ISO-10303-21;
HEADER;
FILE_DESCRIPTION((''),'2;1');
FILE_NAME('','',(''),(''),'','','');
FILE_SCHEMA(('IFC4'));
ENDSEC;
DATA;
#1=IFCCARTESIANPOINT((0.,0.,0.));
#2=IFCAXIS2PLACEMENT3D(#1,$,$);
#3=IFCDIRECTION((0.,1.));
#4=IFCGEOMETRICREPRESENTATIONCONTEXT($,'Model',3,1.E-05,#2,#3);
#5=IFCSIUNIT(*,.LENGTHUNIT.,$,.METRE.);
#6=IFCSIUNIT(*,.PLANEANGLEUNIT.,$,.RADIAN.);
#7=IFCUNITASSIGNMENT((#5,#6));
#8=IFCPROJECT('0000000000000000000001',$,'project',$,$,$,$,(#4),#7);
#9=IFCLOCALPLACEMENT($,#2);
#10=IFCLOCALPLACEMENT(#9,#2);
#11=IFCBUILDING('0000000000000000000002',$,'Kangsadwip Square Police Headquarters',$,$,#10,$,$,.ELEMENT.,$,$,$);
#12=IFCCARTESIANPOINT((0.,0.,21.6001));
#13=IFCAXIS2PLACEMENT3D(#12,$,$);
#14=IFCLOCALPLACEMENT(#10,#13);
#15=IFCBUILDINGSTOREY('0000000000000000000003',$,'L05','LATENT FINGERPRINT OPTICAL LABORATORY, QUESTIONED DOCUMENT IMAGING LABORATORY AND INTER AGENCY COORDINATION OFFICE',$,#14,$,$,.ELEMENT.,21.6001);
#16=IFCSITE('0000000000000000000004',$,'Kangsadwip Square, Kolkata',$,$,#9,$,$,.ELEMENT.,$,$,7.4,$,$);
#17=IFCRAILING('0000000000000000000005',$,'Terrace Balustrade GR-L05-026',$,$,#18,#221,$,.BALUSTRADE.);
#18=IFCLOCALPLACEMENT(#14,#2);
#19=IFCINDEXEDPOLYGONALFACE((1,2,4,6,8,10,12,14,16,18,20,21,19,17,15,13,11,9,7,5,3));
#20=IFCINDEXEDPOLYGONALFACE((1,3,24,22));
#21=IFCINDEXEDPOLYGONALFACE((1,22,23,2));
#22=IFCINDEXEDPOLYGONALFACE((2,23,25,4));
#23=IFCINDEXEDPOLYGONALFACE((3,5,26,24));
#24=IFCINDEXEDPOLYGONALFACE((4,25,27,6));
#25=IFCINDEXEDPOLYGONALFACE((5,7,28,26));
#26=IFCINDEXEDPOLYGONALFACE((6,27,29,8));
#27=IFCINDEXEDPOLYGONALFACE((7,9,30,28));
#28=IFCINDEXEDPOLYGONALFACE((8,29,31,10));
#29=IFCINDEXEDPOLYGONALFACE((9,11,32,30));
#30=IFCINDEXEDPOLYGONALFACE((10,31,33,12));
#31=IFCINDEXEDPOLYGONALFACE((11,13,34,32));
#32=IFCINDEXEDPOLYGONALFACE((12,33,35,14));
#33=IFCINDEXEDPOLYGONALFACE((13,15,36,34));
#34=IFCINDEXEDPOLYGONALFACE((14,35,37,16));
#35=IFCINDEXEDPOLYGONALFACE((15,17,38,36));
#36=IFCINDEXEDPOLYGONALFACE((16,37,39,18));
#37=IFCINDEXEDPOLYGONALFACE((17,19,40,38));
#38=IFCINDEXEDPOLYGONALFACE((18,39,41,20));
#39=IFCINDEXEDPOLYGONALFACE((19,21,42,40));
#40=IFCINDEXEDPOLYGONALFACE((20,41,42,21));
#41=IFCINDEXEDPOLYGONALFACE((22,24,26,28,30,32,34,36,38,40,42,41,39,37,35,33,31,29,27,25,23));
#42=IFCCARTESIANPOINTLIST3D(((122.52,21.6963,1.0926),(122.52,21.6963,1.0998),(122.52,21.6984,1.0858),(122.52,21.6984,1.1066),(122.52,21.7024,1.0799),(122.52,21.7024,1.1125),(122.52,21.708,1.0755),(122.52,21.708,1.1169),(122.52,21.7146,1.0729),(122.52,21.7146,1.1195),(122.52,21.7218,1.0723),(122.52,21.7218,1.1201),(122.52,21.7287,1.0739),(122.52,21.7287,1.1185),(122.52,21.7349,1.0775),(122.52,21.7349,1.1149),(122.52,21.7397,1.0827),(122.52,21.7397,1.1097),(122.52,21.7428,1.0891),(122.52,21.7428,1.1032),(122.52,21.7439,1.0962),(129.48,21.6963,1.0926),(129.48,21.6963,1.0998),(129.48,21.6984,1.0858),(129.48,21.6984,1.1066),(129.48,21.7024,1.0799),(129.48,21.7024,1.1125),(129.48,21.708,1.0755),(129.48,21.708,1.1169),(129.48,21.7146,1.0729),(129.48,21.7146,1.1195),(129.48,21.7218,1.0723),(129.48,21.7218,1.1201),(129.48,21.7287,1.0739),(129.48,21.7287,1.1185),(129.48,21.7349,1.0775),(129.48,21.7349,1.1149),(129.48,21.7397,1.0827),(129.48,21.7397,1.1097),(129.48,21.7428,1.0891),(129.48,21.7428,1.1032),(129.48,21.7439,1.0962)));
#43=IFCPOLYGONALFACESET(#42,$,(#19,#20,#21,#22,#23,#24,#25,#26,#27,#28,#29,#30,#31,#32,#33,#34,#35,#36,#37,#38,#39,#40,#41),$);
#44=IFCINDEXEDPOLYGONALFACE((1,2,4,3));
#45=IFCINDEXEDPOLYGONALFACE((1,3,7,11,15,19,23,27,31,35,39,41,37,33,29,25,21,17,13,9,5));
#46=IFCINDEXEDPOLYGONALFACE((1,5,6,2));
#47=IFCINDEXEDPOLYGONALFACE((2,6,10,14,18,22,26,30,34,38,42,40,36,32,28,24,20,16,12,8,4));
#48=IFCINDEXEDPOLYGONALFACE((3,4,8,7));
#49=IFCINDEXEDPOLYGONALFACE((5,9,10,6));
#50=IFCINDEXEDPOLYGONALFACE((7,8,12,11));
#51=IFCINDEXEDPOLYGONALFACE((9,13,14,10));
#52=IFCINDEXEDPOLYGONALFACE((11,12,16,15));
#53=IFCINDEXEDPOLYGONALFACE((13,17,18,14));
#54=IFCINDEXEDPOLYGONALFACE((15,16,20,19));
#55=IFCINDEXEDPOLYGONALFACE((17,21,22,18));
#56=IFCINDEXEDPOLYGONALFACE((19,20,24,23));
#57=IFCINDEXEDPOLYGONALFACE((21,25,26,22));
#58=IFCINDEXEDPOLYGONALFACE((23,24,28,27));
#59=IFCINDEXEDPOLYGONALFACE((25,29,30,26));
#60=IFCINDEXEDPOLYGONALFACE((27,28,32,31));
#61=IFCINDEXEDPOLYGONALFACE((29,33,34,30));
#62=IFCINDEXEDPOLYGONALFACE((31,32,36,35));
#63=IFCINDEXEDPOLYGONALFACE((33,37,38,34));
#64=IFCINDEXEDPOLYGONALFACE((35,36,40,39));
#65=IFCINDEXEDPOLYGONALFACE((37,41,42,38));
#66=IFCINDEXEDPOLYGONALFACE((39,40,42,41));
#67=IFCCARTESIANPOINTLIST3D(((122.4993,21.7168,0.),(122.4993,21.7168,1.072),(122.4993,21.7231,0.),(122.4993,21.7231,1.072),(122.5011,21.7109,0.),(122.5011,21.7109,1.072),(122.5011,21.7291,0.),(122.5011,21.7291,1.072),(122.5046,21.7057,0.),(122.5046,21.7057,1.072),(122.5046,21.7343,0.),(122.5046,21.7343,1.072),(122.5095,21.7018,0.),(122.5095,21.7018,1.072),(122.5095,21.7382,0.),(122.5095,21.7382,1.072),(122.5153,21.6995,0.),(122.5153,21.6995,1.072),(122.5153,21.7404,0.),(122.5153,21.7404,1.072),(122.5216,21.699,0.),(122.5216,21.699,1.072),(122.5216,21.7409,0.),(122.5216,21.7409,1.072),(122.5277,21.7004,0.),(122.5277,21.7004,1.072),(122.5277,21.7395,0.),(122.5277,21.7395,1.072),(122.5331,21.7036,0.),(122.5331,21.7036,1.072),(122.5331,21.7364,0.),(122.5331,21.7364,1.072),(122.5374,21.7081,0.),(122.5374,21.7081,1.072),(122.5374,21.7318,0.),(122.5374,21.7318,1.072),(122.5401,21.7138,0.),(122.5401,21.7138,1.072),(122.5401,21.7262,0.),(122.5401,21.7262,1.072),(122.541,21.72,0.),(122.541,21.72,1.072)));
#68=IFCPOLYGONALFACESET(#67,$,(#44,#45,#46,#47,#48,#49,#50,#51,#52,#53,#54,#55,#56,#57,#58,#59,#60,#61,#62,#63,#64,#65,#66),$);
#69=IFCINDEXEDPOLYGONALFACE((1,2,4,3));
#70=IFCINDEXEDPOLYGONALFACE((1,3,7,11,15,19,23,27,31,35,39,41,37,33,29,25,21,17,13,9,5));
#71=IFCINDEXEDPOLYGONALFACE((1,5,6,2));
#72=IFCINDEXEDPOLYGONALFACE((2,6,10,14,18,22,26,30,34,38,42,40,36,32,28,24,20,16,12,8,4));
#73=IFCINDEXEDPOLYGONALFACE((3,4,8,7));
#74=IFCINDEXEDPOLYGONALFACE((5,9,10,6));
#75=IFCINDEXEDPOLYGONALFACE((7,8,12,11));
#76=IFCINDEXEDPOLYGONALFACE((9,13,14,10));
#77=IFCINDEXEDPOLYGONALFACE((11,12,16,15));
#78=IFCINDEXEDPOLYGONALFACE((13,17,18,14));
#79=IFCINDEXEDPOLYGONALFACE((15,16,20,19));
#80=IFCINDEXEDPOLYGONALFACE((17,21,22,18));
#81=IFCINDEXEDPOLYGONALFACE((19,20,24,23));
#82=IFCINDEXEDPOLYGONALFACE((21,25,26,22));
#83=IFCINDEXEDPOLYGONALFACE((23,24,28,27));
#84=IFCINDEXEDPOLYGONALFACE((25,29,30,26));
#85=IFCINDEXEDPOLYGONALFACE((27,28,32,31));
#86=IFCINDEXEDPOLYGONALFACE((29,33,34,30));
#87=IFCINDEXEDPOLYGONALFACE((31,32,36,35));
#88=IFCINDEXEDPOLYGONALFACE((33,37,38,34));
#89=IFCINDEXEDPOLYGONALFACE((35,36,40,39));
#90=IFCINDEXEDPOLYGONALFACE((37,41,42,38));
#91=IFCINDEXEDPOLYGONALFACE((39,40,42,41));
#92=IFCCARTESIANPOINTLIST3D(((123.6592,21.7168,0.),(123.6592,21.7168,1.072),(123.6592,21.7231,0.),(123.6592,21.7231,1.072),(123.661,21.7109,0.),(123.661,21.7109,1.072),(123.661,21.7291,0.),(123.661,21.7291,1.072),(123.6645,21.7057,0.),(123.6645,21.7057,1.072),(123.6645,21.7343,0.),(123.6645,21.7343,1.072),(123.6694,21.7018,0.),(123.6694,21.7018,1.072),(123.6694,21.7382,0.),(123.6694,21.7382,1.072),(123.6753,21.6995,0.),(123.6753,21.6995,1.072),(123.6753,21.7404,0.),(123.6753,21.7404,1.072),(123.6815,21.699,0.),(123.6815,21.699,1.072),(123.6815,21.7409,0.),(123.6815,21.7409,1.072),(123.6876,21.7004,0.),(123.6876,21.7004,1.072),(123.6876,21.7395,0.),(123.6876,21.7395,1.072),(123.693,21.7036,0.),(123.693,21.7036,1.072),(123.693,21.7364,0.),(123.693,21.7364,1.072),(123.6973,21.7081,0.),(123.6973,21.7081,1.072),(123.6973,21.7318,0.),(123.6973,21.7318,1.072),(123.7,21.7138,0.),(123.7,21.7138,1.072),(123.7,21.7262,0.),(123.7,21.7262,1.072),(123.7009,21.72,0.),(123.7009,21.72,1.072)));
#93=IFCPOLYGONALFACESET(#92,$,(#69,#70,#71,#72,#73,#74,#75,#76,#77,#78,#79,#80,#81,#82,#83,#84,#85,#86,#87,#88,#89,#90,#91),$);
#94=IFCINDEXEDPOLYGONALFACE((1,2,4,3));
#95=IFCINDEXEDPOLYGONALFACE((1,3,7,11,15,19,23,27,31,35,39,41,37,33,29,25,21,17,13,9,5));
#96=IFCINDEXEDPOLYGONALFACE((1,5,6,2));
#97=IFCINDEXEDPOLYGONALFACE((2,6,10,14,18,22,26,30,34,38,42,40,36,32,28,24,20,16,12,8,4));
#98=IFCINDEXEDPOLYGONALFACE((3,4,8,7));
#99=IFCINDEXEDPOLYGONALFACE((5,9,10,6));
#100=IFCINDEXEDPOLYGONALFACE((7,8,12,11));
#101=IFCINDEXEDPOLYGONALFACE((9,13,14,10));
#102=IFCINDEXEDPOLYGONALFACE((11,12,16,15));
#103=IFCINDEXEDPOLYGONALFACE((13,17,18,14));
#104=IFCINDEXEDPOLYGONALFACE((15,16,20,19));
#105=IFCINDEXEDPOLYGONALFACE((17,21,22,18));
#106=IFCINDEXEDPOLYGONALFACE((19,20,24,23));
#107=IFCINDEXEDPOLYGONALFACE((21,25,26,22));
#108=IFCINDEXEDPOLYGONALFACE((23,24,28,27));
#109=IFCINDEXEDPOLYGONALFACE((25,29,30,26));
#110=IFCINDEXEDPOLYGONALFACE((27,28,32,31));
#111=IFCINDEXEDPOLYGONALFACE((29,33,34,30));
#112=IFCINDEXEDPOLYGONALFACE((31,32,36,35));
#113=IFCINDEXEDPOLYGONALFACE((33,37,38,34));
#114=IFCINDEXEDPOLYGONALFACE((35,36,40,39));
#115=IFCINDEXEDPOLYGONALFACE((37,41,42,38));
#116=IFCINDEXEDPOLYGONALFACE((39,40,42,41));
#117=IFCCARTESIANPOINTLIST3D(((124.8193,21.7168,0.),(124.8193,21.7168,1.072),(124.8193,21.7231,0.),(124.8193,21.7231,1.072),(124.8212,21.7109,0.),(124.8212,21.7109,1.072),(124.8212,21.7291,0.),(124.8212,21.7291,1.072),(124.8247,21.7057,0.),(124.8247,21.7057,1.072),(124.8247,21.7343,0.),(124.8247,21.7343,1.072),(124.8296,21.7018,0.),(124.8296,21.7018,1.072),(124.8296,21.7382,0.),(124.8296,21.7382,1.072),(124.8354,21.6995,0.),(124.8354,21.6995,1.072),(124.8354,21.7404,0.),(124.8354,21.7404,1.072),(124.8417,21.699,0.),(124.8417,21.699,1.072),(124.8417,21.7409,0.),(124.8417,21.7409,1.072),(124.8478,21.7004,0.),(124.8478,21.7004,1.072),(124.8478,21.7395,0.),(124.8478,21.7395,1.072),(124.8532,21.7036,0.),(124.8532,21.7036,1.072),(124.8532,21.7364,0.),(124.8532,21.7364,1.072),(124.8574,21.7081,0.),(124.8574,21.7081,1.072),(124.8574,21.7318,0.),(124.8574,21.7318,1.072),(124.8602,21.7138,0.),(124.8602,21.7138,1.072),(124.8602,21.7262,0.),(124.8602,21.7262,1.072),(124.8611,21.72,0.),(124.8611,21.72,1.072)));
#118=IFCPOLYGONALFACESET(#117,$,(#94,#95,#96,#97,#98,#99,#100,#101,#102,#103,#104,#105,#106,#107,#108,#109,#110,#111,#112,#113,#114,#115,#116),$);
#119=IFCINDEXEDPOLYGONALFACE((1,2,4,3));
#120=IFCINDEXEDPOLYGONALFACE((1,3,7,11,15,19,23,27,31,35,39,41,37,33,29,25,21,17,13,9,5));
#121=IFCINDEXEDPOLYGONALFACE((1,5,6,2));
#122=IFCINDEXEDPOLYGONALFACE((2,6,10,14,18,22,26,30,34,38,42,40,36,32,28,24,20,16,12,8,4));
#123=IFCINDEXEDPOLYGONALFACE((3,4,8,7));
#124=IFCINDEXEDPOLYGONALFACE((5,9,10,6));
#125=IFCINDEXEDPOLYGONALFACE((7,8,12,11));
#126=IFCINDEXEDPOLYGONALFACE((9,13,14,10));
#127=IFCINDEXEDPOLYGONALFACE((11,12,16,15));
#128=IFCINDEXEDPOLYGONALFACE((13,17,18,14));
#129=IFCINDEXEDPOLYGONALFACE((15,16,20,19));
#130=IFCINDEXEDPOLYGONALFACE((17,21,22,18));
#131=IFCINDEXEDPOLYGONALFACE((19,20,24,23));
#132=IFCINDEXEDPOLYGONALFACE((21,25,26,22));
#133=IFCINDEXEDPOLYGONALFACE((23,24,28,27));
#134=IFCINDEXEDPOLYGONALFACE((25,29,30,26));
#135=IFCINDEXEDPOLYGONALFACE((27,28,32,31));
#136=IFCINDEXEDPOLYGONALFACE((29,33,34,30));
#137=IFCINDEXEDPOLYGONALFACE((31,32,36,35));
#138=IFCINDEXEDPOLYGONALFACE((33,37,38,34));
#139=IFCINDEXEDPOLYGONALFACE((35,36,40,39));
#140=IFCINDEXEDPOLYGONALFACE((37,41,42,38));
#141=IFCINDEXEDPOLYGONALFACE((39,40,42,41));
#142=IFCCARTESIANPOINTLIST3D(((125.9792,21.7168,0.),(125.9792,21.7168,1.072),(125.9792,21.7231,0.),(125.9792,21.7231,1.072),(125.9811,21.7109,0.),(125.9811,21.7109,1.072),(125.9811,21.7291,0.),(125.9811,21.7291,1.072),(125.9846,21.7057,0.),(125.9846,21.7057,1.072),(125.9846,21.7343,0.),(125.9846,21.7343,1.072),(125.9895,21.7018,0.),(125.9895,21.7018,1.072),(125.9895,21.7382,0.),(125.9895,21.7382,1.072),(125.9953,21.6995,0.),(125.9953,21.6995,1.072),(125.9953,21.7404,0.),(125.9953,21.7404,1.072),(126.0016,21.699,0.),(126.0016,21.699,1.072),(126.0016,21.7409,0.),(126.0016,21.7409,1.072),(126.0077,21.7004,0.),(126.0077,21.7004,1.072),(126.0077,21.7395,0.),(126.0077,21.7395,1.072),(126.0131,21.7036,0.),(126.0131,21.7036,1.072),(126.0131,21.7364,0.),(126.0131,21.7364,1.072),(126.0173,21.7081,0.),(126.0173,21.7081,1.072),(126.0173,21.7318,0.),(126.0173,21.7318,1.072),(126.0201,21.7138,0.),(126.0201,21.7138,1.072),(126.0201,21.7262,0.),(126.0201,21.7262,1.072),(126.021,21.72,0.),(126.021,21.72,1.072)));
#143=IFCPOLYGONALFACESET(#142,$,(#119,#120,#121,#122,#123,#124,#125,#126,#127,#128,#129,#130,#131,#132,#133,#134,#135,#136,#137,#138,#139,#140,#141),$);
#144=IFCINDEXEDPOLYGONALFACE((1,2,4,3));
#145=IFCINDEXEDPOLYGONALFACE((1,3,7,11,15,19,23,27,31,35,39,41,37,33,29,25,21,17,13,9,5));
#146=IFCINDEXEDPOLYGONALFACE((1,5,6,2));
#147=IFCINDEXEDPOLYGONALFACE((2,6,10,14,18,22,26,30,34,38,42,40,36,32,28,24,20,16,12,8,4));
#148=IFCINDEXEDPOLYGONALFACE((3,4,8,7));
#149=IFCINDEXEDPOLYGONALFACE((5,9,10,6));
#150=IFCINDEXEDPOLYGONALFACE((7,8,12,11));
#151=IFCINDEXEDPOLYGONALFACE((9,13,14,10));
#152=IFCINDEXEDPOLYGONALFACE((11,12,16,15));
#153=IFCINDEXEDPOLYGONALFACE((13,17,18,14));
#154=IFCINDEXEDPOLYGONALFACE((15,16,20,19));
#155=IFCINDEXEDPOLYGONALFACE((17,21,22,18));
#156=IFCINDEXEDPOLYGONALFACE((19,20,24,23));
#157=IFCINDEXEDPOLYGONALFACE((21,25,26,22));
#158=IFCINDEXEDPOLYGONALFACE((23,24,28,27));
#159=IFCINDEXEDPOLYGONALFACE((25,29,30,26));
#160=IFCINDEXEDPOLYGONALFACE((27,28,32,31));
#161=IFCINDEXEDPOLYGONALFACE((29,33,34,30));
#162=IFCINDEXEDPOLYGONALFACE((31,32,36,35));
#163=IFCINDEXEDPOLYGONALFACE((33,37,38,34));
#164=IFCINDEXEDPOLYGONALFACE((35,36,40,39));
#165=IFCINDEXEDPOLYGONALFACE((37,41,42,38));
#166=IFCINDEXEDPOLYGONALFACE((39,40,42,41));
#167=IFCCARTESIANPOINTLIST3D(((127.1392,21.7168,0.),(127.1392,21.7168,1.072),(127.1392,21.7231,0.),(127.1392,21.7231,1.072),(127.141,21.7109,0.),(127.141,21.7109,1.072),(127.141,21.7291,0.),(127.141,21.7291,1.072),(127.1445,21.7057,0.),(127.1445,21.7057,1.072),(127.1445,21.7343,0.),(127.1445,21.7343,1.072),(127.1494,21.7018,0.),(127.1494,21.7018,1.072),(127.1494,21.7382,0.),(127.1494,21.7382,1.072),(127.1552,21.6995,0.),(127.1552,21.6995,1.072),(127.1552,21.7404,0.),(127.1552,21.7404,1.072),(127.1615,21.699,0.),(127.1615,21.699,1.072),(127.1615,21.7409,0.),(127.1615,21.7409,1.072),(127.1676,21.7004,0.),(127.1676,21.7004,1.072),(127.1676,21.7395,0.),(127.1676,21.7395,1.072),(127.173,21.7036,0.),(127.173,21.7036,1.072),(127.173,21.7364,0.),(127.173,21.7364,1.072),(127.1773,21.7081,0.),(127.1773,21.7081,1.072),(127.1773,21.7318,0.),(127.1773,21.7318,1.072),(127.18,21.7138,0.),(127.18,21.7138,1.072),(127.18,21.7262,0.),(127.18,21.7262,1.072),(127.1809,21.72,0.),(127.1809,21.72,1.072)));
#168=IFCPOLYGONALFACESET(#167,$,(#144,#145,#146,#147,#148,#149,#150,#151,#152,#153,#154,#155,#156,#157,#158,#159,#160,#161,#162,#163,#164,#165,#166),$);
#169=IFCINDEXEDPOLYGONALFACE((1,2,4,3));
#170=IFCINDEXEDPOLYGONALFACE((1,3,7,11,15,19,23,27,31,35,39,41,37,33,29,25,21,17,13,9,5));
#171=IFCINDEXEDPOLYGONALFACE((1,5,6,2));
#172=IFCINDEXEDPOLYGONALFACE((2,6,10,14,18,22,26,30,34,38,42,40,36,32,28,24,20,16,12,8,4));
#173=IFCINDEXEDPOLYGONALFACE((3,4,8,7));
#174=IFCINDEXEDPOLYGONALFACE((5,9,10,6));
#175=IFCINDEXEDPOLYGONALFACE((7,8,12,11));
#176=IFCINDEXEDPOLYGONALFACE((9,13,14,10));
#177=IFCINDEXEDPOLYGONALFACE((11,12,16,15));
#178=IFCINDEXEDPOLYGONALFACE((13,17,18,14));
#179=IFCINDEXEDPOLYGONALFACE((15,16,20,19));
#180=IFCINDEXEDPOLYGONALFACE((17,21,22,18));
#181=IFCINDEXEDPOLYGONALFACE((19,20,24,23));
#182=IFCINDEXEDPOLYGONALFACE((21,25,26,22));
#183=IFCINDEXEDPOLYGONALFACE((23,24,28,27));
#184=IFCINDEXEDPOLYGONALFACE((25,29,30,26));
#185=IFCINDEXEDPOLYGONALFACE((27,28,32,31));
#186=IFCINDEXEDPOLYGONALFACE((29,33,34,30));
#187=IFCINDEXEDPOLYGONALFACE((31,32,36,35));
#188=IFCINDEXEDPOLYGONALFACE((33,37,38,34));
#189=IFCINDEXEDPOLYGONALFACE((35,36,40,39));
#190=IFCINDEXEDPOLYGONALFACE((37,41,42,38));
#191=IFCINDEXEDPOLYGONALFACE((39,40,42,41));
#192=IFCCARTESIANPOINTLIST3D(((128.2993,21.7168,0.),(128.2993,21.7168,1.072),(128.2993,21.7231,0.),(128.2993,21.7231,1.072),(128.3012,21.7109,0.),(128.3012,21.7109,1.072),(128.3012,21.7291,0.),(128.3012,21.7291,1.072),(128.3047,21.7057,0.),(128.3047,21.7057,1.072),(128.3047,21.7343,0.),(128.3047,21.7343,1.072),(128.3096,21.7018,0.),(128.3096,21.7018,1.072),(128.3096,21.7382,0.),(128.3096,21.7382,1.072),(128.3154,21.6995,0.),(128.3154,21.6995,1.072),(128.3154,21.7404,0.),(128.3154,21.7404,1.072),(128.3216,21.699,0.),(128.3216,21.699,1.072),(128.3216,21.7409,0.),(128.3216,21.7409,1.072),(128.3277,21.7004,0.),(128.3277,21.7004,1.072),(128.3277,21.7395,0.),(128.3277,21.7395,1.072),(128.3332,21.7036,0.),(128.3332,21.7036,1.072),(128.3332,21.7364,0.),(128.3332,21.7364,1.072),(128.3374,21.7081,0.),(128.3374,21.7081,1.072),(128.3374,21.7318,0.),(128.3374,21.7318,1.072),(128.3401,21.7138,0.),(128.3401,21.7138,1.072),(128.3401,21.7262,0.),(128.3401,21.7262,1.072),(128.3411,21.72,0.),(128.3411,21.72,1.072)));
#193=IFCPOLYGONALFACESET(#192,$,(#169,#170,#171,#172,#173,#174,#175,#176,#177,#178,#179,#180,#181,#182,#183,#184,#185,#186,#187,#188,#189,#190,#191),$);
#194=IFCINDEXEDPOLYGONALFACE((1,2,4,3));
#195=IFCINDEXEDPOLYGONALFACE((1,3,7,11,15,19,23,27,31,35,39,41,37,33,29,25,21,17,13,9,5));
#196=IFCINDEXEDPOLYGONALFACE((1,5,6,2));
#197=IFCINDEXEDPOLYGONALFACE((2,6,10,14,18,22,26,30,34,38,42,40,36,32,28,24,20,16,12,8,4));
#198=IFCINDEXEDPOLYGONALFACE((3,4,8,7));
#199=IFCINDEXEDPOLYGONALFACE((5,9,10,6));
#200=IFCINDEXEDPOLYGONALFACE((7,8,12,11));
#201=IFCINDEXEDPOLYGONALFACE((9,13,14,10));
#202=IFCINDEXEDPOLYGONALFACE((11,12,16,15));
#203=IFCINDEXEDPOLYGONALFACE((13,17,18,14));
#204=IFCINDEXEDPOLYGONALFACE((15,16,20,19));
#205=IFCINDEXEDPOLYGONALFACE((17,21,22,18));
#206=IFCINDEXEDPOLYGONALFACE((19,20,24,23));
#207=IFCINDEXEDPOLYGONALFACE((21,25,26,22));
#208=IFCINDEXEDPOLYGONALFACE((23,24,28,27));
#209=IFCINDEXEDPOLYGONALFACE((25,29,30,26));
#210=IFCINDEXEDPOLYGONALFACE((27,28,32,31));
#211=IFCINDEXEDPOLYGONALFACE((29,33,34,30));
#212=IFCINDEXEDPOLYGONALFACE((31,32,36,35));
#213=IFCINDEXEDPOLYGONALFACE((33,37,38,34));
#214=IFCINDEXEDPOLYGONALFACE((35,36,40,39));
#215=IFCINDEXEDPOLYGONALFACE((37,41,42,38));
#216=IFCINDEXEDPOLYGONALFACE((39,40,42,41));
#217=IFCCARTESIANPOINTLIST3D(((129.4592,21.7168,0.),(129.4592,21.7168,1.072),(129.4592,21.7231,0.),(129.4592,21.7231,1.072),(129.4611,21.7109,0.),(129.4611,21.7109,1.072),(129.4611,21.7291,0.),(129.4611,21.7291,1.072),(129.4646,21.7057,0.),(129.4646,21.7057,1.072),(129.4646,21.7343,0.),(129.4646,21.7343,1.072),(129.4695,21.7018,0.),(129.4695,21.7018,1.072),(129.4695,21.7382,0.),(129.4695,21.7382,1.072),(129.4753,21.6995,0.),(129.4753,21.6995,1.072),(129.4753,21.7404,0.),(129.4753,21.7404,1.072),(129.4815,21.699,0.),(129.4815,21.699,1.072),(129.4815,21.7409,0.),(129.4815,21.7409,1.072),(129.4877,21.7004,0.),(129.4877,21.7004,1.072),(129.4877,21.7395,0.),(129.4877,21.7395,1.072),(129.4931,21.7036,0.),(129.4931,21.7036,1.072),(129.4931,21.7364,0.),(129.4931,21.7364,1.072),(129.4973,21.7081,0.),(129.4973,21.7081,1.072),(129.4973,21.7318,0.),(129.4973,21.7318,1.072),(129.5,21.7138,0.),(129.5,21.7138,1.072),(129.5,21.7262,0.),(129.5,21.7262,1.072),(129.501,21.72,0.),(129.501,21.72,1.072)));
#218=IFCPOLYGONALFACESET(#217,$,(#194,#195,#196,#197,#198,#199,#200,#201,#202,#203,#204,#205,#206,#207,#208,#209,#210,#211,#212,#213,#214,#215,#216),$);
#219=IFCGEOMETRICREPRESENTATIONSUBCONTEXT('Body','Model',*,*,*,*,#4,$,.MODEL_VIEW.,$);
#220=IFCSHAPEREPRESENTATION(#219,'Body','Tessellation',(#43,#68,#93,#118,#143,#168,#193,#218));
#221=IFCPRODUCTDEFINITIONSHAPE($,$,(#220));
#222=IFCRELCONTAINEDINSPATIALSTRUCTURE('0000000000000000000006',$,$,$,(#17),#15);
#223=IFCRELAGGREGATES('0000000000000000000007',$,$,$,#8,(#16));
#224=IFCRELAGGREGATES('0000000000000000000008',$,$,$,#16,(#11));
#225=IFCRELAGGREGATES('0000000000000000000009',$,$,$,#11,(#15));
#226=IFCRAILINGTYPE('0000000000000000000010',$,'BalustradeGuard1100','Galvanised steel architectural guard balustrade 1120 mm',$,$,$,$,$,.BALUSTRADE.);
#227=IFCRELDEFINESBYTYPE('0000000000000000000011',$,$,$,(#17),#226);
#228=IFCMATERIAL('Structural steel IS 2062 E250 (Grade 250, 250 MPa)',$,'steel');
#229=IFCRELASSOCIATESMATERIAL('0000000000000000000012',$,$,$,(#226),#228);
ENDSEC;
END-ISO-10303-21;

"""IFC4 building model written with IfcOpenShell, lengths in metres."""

from ifc_helpers import new_model, si_unit, direction, frame, origin, origin_2d, place, context, subcontext, project, spatial, circle, extrude, material, type_object, element, save


model = new_model("IFC4")

# Units and contexts
model_context = context("Model", 3, precision=1e-05, world=origin(), true_north=direction((0.0, 1.0)))
body_context = subcontext(model_context, "Body", "Model", "MODEL_VIEW")
ifc_project = project(units=[si_unit("LENGTHUNIT", "METRE"), si_unit("PLANEANGLEUNIT", "RADIAN")], contexts=[model_context])

# Site, building, storey
site_placement = place(None, origin())
site = spatial("IfcSite", under=ifc_project, at=site_placement, Name="Kangsadwip Square, Kolkata", CompositionType="ELEMENT", RefElevation=7.4)
building_placement = place(site_placement, origin())
building = spatial("IfcBuilding", under=site, at=building_placement, Name="Kangsadwip Square Police Headquarters", CompositionType="ELEMENT")
storey_placement = place(building_placement, frame((0.0, 0.0, 21.6001)))
storey = spatial("IfcBuildingStorey", under=building, at=storey_placement, Name="L05", Description="LATENT FINGERPRINT OPTICAL LABORATORY, QUESTIONED DOCUMENT IMAGING LABORATORY AND INTER AGENCY COORDINATION OFFICE", CompositionType="ELEMENT", Elevation=21.6001)

# Railing
ifc_material_1 = material(Name="Structural steel IS 2062 E250 (Grade 250, 250 MPa)", Category="steel")
railing_type = type_object("IfcRailingType", Name="BalustradeGuard1100", Description="Galvanised steel architectural guard balustrade 1120 mm", PredefinedType="BALUSTRADE", material=ifc_material_1)
railing_placement = place(storey_placement, frame((122.52, 21.72, 0.0)))
element("IfcRailing", 1, at=railing_placement, inside=storey, type_object=railing_type, Name="Terrace Balustrade GR-L05-026", PredefinedType="BALUSTRADE", context=body_context, shape_type="SweptSolid", body=[
    extrude(circle(Radius=0.0239, at=origin_2d()), frame((0.0, 0.0, 1.0962), z_axis=(1.0, 0.0, 0.0), x_axis=(0.0, 1.0, 0.0)), (0.0, 0.0, 1.0), 6.96),
    extrude(circle(Radius=0.021, at=origin_2d()), origin(), (0.0, 0.0, 1.0), 1.072),
    extrude(circle(Radius=0.021, at=origin_2d()), frame((1.1599, 0.0, 0.0)), (0.0, 0.0, 1.0), 1.072),
    extrude(circle(Radius=0.021, at=origin_2d()), frame((2.3201, 0.0, 0.0)), (0.0, 0.0, 1.0), 1.072),
    extrude(circle(Radius=0.021, at=origin_2d()), frame((3.48, 0.0, 0.0)), (0.0, 0.0, 1.0), 1.072),
    extrude(circle(Radius=0.021, at=origin_2d()), frame((4.6399, 0.0, 0.0)), (0.0, 0.0, 1.0), 1.072),
    extrude(circle(Radius=0.021, at=origin_2d()), frame((5.8, 0.0, 0.0)), (0.0, 0.0, 1.0), 1.072),
    extrude(circle(Radius=0.021, at=origin_2d()), frame((6.96, 0.0, 0.0)), (0.0, 0.0, 1.0), 1.072),
])

save(model, "model.ifc")
